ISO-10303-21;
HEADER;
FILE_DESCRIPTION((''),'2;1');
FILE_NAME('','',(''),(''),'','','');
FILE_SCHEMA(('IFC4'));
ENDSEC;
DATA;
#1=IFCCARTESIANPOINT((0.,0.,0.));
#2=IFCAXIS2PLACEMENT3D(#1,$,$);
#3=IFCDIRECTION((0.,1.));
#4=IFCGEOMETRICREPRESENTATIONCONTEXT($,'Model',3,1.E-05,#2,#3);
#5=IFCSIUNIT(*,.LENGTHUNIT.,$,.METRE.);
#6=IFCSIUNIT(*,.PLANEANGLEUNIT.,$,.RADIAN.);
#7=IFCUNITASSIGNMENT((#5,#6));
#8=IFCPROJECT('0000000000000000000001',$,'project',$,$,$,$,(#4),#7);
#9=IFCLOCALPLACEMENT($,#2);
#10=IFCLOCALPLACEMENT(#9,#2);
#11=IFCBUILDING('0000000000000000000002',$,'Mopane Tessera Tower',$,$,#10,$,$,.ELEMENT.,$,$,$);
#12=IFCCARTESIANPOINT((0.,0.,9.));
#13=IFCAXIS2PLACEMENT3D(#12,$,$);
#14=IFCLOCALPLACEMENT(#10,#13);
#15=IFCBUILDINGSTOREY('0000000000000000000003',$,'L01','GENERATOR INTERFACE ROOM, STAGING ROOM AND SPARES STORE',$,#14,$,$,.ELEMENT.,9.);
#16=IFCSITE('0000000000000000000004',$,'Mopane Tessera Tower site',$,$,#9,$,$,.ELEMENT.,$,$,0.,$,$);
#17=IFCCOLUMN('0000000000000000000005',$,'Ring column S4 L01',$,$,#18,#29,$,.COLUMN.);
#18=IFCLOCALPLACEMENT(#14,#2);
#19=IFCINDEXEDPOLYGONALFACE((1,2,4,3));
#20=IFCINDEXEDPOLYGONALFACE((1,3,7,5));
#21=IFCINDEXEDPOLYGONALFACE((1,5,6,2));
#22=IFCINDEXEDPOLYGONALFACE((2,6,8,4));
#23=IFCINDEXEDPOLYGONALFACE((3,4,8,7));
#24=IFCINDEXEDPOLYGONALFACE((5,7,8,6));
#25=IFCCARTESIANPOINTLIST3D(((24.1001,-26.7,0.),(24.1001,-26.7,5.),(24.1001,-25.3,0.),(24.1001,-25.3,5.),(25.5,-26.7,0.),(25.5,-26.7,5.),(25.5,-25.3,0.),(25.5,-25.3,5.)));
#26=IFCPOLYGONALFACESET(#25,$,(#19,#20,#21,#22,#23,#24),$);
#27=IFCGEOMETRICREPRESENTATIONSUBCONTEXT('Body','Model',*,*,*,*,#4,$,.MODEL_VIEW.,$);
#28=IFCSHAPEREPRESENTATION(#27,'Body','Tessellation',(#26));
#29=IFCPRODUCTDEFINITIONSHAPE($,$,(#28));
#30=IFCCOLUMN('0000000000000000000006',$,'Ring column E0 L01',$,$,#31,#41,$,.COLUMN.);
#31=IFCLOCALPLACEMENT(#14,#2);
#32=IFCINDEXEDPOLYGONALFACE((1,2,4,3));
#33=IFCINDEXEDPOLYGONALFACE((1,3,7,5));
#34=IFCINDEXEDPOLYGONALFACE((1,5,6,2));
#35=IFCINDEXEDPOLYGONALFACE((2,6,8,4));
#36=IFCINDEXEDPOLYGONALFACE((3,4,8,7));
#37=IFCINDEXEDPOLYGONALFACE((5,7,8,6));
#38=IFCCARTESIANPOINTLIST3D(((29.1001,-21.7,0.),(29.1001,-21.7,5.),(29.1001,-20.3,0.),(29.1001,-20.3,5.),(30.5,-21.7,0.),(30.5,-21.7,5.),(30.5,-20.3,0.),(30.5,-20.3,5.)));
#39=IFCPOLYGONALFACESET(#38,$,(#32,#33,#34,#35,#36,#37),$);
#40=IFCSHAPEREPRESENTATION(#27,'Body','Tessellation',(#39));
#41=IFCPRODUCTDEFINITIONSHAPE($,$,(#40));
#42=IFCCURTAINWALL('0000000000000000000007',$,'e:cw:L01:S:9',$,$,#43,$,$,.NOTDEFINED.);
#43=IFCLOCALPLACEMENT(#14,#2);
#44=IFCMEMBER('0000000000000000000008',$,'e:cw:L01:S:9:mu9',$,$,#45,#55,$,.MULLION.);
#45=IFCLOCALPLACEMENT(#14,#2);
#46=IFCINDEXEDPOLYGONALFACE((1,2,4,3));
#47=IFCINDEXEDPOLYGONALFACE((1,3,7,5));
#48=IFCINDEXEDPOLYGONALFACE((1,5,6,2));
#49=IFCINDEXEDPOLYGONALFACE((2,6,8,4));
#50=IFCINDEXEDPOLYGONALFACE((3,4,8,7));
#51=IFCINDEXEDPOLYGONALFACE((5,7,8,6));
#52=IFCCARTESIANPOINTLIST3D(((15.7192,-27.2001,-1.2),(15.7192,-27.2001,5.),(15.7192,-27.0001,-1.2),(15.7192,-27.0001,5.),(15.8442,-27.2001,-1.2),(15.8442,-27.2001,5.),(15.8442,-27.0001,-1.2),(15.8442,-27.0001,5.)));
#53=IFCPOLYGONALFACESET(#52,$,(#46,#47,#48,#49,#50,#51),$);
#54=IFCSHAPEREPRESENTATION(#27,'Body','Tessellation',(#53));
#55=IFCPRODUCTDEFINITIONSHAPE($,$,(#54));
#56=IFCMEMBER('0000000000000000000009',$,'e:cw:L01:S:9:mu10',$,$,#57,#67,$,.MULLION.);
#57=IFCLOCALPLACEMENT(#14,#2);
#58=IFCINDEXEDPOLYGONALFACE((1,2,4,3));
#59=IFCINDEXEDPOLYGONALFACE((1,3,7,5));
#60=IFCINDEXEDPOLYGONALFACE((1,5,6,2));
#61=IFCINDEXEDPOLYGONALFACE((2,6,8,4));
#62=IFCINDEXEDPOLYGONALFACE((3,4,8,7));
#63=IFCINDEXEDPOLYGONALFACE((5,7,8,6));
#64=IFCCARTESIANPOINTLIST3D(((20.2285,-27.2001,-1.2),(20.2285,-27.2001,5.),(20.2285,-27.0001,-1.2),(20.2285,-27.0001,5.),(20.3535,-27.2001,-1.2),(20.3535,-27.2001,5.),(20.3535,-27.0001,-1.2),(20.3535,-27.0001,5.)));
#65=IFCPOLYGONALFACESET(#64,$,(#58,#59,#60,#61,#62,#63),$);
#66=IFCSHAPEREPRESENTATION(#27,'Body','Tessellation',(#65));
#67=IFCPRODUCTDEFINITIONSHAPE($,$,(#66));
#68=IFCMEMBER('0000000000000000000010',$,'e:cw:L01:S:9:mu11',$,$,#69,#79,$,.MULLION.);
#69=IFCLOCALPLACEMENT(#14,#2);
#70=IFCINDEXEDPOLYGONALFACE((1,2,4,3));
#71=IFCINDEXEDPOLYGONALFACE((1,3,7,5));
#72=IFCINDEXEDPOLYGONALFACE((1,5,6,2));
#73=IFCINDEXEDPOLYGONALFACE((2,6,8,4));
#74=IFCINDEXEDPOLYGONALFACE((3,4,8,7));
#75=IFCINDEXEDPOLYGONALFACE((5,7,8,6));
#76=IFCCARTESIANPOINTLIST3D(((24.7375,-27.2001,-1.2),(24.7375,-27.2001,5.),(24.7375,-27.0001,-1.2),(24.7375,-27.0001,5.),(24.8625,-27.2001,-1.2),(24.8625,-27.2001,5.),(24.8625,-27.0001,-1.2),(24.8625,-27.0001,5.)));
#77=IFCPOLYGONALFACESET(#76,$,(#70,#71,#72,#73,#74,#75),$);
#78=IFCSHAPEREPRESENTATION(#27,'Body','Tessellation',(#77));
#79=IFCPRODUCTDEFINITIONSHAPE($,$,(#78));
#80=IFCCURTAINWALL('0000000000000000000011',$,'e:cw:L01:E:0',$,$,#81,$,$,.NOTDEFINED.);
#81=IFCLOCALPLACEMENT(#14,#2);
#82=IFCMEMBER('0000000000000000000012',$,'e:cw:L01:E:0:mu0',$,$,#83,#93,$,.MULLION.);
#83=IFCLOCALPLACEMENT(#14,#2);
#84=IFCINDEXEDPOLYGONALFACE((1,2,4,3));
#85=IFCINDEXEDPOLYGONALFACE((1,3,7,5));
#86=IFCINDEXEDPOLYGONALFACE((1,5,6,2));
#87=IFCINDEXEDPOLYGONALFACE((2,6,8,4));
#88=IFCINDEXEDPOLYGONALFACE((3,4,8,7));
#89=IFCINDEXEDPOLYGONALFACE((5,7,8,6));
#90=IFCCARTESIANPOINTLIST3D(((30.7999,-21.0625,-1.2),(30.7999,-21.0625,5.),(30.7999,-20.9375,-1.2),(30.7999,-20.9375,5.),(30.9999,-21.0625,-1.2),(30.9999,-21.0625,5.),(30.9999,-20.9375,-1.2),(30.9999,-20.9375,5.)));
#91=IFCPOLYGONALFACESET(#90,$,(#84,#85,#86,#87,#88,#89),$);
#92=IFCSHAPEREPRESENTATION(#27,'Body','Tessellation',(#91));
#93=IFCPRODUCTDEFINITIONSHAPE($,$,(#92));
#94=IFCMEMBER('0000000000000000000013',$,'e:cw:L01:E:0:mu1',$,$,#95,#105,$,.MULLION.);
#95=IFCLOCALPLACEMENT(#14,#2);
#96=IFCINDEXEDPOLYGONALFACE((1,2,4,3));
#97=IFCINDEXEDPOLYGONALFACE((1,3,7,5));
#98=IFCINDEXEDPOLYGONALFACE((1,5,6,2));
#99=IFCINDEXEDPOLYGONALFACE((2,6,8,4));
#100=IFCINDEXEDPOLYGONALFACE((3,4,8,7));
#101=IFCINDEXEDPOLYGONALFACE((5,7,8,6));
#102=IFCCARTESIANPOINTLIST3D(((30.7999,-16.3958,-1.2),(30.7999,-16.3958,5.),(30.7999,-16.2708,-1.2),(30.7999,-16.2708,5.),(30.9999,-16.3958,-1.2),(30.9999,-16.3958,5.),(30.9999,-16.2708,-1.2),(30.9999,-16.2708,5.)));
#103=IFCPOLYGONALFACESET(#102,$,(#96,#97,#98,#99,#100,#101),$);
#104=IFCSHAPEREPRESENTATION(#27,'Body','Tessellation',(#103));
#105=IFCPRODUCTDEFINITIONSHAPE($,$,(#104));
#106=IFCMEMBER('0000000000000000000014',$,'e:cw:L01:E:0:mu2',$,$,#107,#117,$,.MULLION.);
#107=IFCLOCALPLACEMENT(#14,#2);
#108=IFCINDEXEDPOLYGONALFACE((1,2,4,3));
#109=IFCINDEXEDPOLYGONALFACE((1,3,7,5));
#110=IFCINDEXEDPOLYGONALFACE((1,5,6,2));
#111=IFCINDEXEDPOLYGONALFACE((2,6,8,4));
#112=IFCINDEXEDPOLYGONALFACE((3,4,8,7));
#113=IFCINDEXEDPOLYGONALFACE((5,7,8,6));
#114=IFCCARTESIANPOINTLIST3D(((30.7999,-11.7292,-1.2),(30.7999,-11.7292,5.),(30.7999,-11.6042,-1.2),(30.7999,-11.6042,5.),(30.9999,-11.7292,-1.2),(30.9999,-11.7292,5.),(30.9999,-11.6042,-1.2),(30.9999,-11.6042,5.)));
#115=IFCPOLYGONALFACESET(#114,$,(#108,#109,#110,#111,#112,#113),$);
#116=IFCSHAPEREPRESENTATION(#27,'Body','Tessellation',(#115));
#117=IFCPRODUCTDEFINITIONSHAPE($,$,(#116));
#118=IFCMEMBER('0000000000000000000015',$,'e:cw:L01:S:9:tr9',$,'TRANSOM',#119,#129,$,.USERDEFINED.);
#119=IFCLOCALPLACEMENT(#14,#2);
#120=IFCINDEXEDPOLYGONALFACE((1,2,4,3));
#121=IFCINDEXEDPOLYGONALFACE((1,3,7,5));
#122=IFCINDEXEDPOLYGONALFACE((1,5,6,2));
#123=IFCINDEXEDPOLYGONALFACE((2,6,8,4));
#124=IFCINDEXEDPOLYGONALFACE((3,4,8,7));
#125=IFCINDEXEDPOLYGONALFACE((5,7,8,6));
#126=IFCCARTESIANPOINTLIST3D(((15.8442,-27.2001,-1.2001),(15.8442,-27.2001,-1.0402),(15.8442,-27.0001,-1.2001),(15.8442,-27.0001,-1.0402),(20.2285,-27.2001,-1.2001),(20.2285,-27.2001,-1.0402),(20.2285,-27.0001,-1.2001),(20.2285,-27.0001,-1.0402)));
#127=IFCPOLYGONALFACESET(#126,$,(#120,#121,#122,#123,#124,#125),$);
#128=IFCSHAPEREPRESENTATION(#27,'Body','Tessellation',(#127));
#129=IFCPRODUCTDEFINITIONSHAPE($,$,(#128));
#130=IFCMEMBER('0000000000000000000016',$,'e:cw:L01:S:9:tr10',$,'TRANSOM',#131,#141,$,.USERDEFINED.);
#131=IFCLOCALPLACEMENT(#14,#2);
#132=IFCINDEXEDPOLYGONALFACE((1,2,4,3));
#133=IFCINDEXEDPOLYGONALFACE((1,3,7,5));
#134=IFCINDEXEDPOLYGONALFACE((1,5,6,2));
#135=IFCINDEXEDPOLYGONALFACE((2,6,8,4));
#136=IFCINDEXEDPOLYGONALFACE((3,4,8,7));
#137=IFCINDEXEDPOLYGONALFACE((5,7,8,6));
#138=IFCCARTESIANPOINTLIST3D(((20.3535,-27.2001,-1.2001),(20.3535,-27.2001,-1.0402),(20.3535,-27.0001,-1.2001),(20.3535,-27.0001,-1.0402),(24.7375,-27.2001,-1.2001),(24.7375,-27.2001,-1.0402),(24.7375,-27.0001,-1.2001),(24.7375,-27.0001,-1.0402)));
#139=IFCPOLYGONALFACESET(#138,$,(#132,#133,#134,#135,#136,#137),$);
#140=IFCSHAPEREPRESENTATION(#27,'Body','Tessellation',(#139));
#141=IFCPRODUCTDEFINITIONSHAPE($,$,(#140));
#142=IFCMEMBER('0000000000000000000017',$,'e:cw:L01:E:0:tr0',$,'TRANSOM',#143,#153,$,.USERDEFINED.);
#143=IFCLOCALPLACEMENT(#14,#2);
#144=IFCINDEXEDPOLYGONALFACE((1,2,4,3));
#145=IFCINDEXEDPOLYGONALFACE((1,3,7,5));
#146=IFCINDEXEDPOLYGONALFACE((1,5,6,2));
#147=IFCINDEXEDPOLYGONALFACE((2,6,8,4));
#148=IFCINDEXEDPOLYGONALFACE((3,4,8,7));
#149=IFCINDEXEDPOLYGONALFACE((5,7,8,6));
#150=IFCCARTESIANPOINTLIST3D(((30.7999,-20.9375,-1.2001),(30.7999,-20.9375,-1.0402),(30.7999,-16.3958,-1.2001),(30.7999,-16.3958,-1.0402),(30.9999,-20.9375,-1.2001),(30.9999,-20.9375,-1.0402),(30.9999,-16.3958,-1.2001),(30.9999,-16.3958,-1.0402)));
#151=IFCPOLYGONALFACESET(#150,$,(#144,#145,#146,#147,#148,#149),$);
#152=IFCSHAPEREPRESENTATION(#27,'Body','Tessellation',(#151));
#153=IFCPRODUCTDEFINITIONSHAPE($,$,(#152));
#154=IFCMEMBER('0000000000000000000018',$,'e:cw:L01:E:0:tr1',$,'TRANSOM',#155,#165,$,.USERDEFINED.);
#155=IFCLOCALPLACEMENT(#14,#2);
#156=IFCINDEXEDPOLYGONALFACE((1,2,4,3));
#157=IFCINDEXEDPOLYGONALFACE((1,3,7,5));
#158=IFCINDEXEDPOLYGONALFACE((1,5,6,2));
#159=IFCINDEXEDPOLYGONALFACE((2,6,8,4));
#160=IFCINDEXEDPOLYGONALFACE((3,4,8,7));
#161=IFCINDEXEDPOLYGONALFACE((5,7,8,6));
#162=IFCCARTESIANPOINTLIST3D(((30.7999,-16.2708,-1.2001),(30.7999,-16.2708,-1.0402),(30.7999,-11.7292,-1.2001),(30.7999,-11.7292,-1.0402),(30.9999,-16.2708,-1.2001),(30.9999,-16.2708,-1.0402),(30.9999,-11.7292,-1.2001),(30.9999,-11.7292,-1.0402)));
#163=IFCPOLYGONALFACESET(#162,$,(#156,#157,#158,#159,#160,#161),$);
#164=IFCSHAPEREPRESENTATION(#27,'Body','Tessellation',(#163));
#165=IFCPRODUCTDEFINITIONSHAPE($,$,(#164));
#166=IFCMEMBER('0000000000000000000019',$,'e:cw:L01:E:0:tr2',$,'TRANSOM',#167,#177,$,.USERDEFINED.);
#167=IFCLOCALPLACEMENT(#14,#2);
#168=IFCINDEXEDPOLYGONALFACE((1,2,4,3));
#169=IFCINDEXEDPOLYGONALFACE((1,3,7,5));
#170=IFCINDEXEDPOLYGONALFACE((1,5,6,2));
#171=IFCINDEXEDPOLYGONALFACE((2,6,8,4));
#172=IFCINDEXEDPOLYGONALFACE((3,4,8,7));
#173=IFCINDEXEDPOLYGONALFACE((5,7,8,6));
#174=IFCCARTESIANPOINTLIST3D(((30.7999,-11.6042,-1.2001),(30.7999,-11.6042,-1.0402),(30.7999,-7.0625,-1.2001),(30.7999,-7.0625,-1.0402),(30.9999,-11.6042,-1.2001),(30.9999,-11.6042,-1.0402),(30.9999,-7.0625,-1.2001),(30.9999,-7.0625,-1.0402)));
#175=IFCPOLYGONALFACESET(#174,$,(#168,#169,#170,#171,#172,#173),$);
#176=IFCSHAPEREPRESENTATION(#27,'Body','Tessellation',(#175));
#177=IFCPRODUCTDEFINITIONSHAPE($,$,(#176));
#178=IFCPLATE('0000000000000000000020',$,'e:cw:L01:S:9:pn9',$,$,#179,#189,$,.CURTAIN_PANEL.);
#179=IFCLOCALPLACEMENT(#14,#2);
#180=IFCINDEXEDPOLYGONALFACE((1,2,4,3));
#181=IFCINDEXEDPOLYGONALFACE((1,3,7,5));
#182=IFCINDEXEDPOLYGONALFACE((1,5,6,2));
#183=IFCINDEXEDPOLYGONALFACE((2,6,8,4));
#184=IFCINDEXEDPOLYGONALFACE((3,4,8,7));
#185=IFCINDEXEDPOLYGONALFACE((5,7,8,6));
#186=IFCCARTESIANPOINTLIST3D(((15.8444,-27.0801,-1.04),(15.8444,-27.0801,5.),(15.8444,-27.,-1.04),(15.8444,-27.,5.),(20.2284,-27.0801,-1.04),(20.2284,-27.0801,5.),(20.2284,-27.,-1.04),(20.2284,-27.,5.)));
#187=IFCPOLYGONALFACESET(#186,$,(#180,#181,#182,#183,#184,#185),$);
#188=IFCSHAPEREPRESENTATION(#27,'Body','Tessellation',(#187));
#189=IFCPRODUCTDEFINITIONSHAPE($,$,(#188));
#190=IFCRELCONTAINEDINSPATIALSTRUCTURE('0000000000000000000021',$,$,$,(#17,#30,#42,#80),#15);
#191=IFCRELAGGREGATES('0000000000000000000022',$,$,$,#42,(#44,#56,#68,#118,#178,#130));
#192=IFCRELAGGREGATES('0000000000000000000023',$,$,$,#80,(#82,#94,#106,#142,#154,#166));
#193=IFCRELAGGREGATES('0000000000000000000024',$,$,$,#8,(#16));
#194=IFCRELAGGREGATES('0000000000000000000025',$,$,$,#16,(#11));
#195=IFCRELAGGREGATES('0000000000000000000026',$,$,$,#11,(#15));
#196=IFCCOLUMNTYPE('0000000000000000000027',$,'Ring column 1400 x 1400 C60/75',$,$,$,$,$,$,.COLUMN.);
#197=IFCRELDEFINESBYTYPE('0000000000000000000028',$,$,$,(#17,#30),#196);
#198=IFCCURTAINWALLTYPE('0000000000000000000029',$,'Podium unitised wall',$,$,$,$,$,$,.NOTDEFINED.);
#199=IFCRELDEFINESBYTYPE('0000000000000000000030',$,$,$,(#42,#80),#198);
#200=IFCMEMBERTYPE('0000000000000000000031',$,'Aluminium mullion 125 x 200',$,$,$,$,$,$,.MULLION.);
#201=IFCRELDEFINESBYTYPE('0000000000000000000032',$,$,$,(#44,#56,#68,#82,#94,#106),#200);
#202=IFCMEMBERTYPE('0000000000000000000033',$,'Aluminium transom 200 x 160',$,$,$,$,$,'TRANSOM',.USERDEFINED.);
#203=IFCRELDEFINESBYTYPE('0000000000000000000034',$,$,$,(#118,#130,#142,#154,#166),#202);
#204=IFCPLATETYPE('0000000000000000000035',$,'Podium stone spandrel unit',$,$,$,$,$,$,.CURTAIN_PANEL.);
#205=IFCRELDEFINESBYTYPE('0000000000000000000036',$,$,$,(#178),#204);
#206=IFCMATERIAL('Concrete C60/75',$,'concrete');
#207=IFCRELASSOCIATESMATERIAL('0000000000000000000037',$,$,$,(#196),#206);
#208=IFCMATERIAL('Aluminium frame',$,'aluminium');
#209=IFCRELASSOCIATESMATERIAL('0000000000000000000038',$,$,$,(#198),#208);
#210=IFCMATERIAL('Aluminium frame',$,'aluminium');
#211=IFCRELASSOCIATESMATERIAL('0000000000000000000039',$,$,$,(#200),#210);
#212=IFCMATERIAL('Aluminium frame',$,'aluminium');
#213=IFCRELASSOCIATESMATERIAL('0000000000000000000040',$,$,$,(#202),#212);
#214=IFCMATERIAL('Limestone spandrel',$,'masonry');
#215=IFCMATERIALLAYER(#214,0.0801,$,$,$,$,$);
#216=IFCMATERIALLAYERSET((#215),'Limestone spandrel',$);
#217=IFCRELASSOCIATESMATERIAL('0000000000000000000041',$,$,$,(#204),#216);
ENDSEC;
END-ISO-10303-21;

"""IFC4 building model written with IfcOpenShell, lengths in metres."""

from ifc_helpers import new_model, si_unit, direction, frame, origin, origin_2d, place, context, subcontext, project, spatial, rectangle, extrude, material, layer, layer_set, material_profile, profile_set, type_object, element, aggregate, save


model = new_model("IFC4")

# Units and contexts
model_context = context("Model", 3, precision=1e-05, world=origin(), true_north=direction((0.0, 1.0)))
body_context = subcontext(model_context, "Body", "Model", "MODEL_VIEW")
ifc_project = project(units=[si_unit("LENGTHUNIT", "METRE"), si_unit("PLANEANGLEUNIT", "RADIAN")], contexts=[model_context])

# Site, building, storey
site_placement = place(None, origin())
site = spatial("IfcSite", under=ifc_project, at=site_placement, Name="Mopane Tessera Tower site", CompositionType="ELEMENT", RefElevation=0.0)
building_placement = place(site_placement, origin())
building = spatial("IfcBuilding", under=site, at=building_placement, Name="Mopane Tessera Tower", CompositionType="ELEMENT")
storey_placement = place(building_placement, frame((0.0, 0.0, 9.0)))
storey = spatial("IfcBuildingStorey", under=building, at=storey_placement, Name="L01", Description="GENERATOR INTERFACE ROOM, STAGING ROOM AND SPARES STORE", CompositionType="ELEMENT", Elevation=9.0)

# Columns
ifc_material_1 = material(Name="Concrete C60/75", Category="concrete")
ifc_material_profile_1 = material_profile(ifc_material_1, rectangle(XDim=1.3999, YDim=1.3999, at=origin_2d()))
ifc_profile_set_1 = profile_set([ifc_material_profile_1], Name="Concrete C60/75")
column_type = type_object("IfcColumnType", Name="Ring column 1400 x 1400 C60/75", PredefinedType="COLUMN", material=ifc_profile_set_1)
for number, where, z_axis, x_axis, name in (
    (1, (24.8, -26.0, 0.0), (0.0, 0.0, 1.0), (1.0, 0.0, 0.0), "Ring column S4 L01"),
    (2, (29.8, -21.0, 0.0), (0.0, 0.0, 1.0), (1.0, 0.0, 0.0), "Ring column E0 L01"),
):
    element("IfcColumn", number, at=place(storey_placement, frame(where, z_axis=z_axis, x_axis=x_axis)), inside=storey, type_object=column_type, Name=name, PredefinedType="COLUMN", context=body_context, shape_type="SweptSolid", body=[
        extrude(rectangle(XDim=1.3999, YDim=1.3999, at=origin_2d()), origin(), (0.0, 0.0, 1.0), 5.0),
    ])

# Curtain walls, members
ifc_material_2 = material(Name="Aluminium frame", Category="aluminium")
curtain_wall_type = type_object("IfcCurtainWallType", Name="Podium unitised wall", PredefinedType="NOTDEFINED", material=ifc_material_2)
curtain_wall_1_placement = place(storey_placement, origin())
curtain_wall_1 = element("IfcCurtainWall", 3, at=curtain_wall_1_placement, inside=storey, type_object=curtain_wall_type, Name="e:cw:L01:S:9", PredefinedType="NOTDEFINED")
ifc_material_3 = material(Name="Aluminium frame", Category="aluminium")
ifc_material_profile_2 = material_profile(ifc_material_3, rectangle(XDim=0.125, YDim=0.2, at=origin_2d()))
ifc_profile_set_2 = profile_set([ifc_material_profile_2], Name="Aluminium frame")
member_type_1 = type_object("IfcMemberType", Name="Aluminium mullion 125 x 200", PredefinedType="MULLION", material=ifc_profile_set_2)
member_1_placement = place(storey_placement, frame((15.7817, -27.1001, -1.2), z_axis=(0.0, 0.0, 1.0), x_axis=(1.0, 0.0, 0.0)))
member_1 = element("IfcMember", 4, at=member_1_placement, type_object=member_type_1, Name="e:cw:L01:S:9:mu9", PredefinedType="MULLION", context=body_context, shape_type="SweptSolid", body=[
    extrude(rectangle(XDim=0.125, YDim=0.2, at=origin_2d()), origin(), (0.0, 0.0, 1.0), 6.2),
])
member_2_placement = place(storey_placement, frame((20.291, -27.1001, -1.2), z_axis=(0.0, 0.0, 1.0), x_axis=(1.0, 0.0, 0.0)))
member_2 = element("IfcMember", 5, at=member_2_placement, type_object=member_type_1, Name="e:cw:L01:S:9:mu10", PredefinedType="MULLION", context=body_context, shape_type="SweptSolid", body=[
    extrude(rectangle(XDim=0.125, YDim=0.2, at=origin_2d()), origin(), (0.0, 0.0, 1.0), 6.2),
])
member_3_placement = place(storey_placement, frame((24.8, -27.1001, -1.2), z_axis=(0.0, 0.0, 1.0), x_axis=(1.0, 0.0, 0.0)))
member_3 = element("IfcMember", 6, at=member_3_placement, type_object=member_type_1, Name="e:cw:L01:S:9:mu11", PredefinedType="MULLION", context=body_context, shape_type="SweptSolid", body=[
    extrude(rectangle(XDim=0.125, YDim=0.2, at=origin_2d()), origin(), (0.0, 0.0, 1.0), 6.2),
])
curtain_wall_2_placement = place(storey_placement, origin())
curtain_wall_2 = element("IfcCurtainWall", 7, at=curtain_wall_2_placement, inside=storey, type_object=curtain_wall_type, Name="e:cw:L01:E:0", PredefinedType="NOTDEFINED")
member_4_placement = place(storey_placement, frame((30.8999, -21.0, -1.2), z_axis=(0.0, 0.0, 1.0), x_axis=(0.0, 1.0, 0.0)))
member_4 = element("IfcMember", 8, at=member_4_placement, type_object=member_type_1, Name="e:cw:L01:E:0:mu0", PredefinedType="MULLION", context=body_context, shape_type="SweptSolid", body=[
    extrude(rectangle(XDim=0.125, YDim=0.2, at=origin_2d()), origin(), (0.0, 0.0, 1.0), 6.2),
])
member_5_placement = place(storey_placement, frame((30.8999, -16.3333, -1.2), z_axis=(0.0, 0.0, 1.0), x_axis=(0.0, 1.0, 0.0)))
member_5 = element("IfcMember", 9, at=member_5_placement, type_object=member_type_1, Name="e:cw:L01:E:0:mu1", PredefinedType="MULLION", context=body_context, shape_type="SweptSolid", body=[
    extrude(rectangle(XDim=0.125, YDim=0.2, at=origin_2d()), origin(), (0.0, 0.0, 1.0), 6.2),
])
member_6_placement = place(storey_placement, frame((30.8999, -11.6667, -1.2), z_axis=(0.0, 0.0, 1.0), x_axis=(0.0, 1.0, 0.0)))
member_6 = element("IfcMember", 10, at=member_6_placement, type_object=member_type_1, Name="e:cw:L01:E:0:mu2", PredefinedType="MULLION", context=body_context, shape_type="SweptSolid", body=[
    extrude(rectangle(XDim=0.125, YDim=0.2, at=origin_2d()), origin(), (0.0, 0.0, 1.0), 6.2),
])

# Members
ifc_material_4 = material(Name="Aluminium frame", Category="aluminium")
ifc_material_profile_3 = material_profile(ifc_material_4, rectangle(XDim=0.2, YDim=0.1599, at=origin_2d()))
ifc_profile_set_3 = profile_set([ifc_material_profile_3], Name="Aluminium frame")
member_type_2 = type_object("IfcMemberType", Name="Aluminium transom 200 x 160", ElementType="TRANSOM", PredefinedType="USERDEFINED", material=ifc_profile_set_3)
member_7_placement = place(storey_placement, frame((15.8442, -27.1001, -1.1201), z_axis=(1.0, 0.0, 0.0), x_axis=(0.0, 1.0, 0.0)))
member_7 = element("IfcMember", 11, at=member_7_placement, type_object=member_type_2, Name="e:cw:L01:S:9:tr9", ObjectType="TRANSOM", PredefinedType="USERDEFINED", context=body_context, shape_type="SweptSolid", body=[
    extrude(rectangle(XDim=0.2, YDim=0.1599, at=origin_2d()), origin(), (0.0, 0.0, 1.0), 4.3843),
])
member_8_placement = place(storey_placement, frame((20.3535, -27.1001, -1.1201), z_axis=(1.0, 0.0, 0.0), x_axis=(0.0, 1.0, 0.0)))
member_8 = element("IfcMember", 12, at=member_8_placement, type_object=member_type_2, Name="e:cw:L01:S:9:tr10", ObjectType="TRANSOM", PredefinedType="USERDEFINED", context=body_context, shape_type="SweptSolid", body=[
    extrude(rectangle(XDim=0.2, YDim=0.1599, at=origin_2d()), origin(), (0.0, 0.0, 1.0), 4.384),
])
member_9_placement = place(storey_placement, frame((30.8999, -20.9375, -1.1201), z_axis=(0.0, 1.0, 0.0), x_axis=(-1.0, 0.0, 0.0)))
member_9 = element("IfcMember", 13, at=member_9_placement, type_object=member_type_2, Name="e:cw:L01:E:0:tr0", ObjectType="TRANSOM", PredefinedType="USERDEFINED", context=body_context, shape_type="SweptSolid", body=[
    extrude(rectangle(XDim=0.2, YDim=0.1599, at=origin_2d()), origin(), (0.0, 0.0, 1.0), 4.5417),
])
member_10_placement = place(storey_placement, frame((30.8999, -16.2708, -1.1201), z_axis=(0.0, 1.0, 0.0), x_axis=(-1.0, 0.0, 0.0)))
member_10 = element("IfcMember", 14, at=member_10_placement, type_object=member_type_2, Name="e:cw:L01:E:0:tr1", ObjectType="TRANSOM", PredefinedType="USERDEFINED", context=body_context, shape_type="SweptSolid", body=[
    extrude(rectangle(XDim=0.2, YDim=0.1599, at=origin_2d()), origin(), (0.0, 0.0, 1.0), 4.5415),
])
member_11_placement = place(storey_placement, frame((30.8999, -11.6042, -1.1201), z_axis=(0.0, 1.0, 0.0), x_axis=(-1.0, 0.0, 0.0)))
member_11 = element("IfcMember", 15, at=member_11_placement, type_object=member_type_2, Name="e:cw:L01:E:0:tr2", ObjectType="TRANSOM", PredefinedType="USERDEFINED", context=body_context, shape_type="SweptSolid", body=[
    extrude(rectangle(XDim=0.2, YDim=0.1599, at=origin_2d()), origin(), (0.0, 0.0, 1.0), 4.5417),
])

# Plate
ifc_material_5 = material(Name="Limestone spandrel", Category="masonry")
ifc_layer_1 = layer(ifc_material_5, 0.0801)
ifc_layer_set_1 = layer_set([ifc_layer_1], Name="Limestone spandrel")
plate_type = type_object("IfcPlateType", Name="Podium stone spandrel unit", PredefinedType="CURTAIN_PANEL", material=ifc_layer_set_1)
plate_1_placement = place(storey_placement, frame((18.0364, -27.04, -1.04), z_axis=(0.0, 0.0, 1.0), x_axis=(1.0, 0.0, 0.0)))
plate_1 = element("IfcPlate", 16, at=plate_1_placement, type_object=plate_type, Name="e:cw:L01:S:9:pn9", PredefinedType="CURTAIN_PANEL", context=body_context, shape_type="SweptSolid", body=[
    extrude(rectangle(XDim=4.384, YDim=0.0801, at=origin_2d()), origin(), (0.0, 0.0, 1.0), 6.04),
])
aggregate(curtain_wall_1, [member_1, member_2, member_3, member_7, plate_1, member_8])
aggregate(curtain_wall_2, [member_4, member_5, member_6, member_9, member_10, member_11])

save(model, "model.ifc")
